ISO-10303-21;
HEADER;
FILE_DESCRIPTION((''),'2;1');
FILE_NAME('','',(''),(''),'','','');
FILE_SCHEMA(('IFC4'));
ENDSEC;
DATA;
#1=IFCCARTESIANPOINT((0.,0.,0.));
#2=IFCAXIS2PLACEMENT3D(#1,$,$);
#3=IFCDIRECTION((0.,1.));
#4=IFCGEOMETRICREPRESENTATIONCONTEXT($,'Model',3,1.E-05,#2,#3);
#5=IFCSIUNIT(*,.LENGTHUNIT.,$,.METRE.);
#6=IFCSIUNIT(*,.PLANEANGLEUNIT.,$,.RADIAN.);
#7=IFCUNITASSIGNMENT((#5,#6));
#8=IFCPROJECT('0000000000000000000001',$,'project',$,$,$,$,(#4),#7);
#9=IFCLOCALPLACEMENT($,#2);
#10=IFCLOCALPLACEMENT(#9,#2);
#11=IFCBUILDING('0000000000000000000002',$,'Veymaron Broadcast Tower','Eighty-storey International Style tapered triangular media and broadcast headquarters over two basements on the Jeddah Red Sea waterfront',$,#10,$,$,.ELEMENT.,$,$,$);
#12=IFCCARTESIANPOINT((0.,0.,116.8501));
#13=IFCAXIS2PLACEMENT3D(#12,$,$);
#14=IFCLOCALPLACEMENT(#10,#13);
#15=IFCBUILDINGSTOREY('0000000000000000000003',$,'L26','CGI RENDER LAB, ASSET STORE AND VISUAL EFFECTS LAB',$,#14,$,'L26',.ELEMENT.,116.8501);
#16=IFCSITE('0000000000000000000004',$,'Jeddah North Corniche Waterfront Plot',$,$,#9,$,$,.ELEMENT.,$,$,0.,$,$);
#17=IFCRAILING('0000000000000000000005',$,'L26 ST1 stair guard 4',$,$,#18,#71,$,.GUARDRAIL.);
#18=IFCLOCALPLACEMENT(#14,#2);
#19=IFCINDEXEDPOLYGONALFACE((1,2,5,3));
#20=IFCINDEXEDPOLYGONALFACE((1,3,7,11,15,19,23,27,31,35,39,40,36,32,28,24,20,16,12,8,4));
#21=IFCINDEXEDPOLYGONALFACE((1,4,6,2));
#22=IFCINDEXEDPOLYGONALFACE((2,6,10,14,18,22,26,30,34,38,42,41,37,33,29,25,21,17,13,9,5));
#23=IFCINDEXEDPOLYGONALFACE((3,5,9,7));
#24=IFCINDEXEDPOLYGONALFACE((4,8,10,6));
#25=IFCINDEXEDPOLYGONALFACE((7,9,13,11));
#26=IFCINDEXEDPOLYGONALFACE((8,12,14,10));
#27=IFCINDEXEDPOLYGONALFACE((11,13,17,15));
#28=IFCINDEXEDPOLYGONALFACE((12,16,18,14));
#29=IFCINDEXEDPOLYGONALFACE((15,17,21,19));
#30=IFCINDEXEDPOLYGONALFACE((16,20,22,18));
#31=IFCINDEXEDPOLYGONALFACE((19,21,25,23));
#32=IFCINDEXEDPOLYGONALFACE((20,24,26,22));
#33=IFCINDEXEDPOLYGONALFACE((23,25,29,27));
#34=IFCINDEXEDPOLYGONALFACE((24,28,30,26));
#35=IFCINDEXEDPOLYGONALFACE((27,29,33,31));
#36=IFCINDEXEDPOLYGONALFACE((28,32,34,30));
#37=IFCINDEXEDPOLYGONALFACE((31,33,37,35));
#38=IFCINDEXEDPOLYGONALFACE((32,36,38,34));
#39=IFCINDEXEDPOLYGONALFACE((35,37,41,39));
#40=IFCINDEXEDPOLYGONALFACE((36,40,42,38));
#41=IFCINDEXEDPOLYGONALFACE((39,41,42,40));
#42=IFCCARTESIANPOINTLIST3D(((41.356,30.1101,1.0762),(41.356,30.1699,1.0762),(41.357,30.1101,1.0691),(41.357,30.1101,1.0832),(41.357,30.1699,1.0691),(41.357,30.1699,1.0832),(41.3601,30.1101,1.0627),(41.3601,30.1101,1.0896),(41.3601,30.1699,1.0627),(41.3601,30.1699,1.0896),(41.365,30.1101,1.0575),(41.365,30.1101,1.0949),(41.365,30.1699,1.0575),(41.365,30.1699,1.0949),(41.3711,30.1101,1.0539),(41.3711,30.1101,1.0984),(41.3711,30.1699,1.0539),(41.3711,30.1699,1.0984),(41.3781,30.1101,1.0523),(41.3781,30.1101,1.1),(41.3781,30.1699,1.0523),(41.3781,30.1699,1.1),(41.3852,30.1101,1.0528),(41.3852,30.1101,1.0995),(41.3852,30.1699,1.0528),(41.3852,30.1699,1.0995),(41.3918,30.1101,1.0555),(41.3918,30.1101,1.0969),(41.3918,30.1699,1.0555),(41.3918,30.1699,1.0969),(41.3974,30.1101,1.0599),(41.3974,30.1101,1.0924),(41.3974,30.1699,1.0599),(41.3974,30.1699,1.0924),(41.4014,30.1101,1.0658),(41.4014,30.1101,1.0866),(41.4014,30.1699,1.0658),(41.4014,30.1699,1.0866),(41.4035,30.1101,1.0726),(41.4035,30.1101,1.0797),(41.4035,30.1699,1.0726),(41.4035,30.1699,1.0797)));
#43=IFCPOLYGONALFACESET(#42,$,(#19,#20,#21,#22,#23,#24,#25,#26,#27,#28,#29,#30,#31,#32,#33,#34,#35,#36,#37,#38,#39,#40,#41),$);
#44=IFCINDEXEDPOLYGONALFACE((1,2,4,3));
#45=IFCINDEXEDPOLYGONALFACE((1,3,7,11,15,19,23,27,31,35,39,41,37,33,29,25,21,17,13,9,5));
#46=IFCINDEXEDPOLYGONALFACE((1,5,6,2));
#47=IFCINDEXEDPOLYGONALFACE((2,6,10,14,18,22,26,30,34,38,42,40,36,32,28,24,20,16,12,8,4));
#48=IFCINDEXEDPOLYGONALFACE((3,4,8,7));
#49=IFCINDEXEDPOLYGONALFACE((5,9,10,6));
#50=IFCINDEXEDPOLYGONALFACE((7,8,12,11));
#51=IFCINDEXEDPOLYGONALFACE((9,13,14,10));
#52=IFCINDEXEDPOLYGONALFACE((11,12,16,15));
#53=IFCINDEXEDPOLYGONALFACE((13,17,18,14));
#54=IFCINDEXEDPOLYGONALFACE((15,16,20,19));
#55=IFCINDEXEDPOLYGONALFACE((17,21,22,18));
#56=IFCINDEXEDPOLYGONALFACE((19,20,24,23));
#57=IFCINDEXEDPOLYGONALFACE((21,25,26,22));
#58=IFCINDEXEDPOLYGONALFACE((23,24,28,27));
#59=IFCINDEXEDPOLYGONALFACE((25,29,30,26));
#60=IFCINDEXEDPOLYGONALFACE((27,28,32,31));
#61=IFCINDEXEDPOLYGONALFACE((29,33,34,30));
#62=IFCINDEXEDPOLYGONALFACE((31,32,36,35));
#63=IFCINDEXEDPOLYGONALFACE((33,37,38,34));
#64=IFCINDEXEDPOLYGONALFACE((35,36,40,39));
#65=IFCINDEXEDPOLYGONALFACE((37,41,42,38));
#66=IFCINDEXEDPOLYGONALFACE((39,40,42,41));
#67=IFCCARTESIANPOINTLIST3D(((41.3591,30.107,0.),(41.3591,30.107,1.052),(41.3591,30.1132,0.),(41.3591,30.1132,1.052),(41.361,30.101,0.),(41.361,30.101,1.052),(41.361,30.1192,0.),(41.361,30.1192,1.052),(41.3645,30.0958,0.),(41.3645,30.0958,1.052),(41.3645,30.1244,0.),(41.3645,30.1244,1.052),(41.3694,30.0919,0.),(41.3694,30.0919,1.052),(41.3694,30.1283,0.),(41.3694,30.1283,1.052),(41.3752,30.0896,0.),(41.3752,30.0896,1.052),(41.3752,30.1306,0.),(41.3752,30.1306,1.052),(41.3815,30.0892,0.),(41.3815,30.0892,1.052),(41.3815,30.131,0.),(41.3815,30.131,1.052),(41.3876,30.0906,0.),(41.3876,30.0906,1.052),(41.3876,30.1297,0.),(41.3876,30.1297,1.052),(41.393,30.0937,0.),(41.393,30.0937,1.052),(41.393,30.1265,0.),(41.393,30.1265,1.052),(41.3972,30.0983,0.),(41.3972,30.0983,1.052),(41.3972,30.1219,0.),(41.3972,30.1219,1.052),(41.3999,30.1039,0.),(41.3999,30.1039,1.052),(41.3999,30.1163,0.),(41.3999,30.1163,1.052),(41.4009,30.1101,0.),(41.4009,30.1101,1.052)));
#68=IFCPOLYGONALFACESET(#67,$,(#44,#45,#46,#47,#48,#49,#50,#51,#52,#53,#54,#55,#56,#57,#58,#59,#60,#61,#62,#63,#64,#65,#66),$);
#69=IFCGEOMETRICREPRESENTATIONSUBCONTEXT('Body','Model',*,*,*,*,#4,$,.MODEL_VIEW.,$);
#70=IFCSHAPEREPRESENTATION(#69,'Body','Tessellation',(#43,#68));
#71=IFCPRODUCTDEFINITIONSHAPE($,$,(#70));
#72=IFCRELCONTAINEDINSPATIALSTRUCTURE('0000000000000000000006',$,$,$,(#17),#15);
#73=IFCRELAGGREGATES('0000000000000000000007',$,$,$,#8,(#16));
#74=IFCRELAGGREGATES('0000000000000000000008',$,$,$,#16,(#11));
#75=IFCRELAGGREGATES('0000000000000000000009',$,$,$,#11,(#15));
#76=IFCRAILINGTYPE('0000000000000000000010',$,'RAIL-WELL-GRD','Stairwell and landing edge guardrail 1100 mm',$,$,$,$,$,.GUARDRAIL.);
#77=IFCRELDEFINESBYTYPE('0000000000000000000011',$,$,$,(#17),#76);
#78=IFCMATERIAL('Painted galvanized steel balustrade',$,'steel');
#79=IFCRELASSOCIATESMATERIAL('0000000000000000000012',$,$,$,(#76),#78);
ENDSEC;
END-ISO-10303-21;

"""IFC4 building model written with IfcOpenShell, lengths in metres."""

from ifc_helpers import new_model, si_unit, direction, frame, origin, origin_2d, place, context, subcontext, project, spatial, circle, extrude, material, type_object, element, save


model = new_model("IFC4")

# Units and contexts
model_context = context("Model", 3, precision=1e-05, world=origin(), true_north=direction((0.0, 1.0)))
body_context = subcontext(model_context, "Body", "Model", "MODEL_VIEW")
ifc_project = project(units=[si_unit("LENGTHUNIT", "METRE"), si_unit("PLANEANGLEUNIT", "RADIAN")], contexts=[model_context])

# Site, building, storey
site_placement = place(None, origin())
site = spatial("IfcSite", under=ifc_project, at=site_placement, Name="Jeddah North Corniche Waterfront Plot", CompositionType="ELEMENT", RefElevation=0.0)
building_placement = place(site_placement, origin())
building = spatial("IfcBuilding", under=site, at=building_placement, Name="Veymaron Broadcast Tower", Description="Eighty-storey International Style tapered triangular media and broadcast headquarters over two basements on the Jeddah Red Sea waterfront", CompositionType="ELEMENT")
storey_placement = place(building_placement, frame((0.0, 0.0, 116.8501)))
storey = spatial("IfcBuildingStorey", under=building, at=storey_placement, Name="L26", Description="CGI RENDER LAB, ASSET STORE AND VISUAL EFFECTS LAB", LongName="L26", CompositionType="ELEMENT", Elevation=116.8501)

# Railing
ifc_material_1 = material(Name="Painted galvanized steel balustrade", Category="steel")
railing_type_1 = type_object("IfcRailingType", Name="RAIL-WELL-GRD", Description="Stairwell and landing edge guardrail 1100 mm", PredefinedType="GUARDRAIL", material=ifc_material_1)
railing_1_placement = place(storey_placement, frame((41.3799, 30.1101, 0.0)))
element("IfcRailing", 1, at=railing_1_placement, inside=storey, type_object=railing_type_1, Name="L26 ST1 stair guard 4", PredefinedType="GUARDRAIL", context=body_context, shape_type="SweptSolid", body=[
    extrude(circle(Radius=0.0239, at=origin_2d()), frame((0.0, 0.0, 1.0762), z_axis=(0.0, 1.0, 0.0), x_axis=(-1.0, 0.0, 0.0)), (0.0, 0.0, 1.0), 0.0598),
    extrude(circle(Radius=0.021, at=origin_2d()), origin(), (0.0, 0.0, 1.0), 1.052),
])

save(model, "model.ifc")
